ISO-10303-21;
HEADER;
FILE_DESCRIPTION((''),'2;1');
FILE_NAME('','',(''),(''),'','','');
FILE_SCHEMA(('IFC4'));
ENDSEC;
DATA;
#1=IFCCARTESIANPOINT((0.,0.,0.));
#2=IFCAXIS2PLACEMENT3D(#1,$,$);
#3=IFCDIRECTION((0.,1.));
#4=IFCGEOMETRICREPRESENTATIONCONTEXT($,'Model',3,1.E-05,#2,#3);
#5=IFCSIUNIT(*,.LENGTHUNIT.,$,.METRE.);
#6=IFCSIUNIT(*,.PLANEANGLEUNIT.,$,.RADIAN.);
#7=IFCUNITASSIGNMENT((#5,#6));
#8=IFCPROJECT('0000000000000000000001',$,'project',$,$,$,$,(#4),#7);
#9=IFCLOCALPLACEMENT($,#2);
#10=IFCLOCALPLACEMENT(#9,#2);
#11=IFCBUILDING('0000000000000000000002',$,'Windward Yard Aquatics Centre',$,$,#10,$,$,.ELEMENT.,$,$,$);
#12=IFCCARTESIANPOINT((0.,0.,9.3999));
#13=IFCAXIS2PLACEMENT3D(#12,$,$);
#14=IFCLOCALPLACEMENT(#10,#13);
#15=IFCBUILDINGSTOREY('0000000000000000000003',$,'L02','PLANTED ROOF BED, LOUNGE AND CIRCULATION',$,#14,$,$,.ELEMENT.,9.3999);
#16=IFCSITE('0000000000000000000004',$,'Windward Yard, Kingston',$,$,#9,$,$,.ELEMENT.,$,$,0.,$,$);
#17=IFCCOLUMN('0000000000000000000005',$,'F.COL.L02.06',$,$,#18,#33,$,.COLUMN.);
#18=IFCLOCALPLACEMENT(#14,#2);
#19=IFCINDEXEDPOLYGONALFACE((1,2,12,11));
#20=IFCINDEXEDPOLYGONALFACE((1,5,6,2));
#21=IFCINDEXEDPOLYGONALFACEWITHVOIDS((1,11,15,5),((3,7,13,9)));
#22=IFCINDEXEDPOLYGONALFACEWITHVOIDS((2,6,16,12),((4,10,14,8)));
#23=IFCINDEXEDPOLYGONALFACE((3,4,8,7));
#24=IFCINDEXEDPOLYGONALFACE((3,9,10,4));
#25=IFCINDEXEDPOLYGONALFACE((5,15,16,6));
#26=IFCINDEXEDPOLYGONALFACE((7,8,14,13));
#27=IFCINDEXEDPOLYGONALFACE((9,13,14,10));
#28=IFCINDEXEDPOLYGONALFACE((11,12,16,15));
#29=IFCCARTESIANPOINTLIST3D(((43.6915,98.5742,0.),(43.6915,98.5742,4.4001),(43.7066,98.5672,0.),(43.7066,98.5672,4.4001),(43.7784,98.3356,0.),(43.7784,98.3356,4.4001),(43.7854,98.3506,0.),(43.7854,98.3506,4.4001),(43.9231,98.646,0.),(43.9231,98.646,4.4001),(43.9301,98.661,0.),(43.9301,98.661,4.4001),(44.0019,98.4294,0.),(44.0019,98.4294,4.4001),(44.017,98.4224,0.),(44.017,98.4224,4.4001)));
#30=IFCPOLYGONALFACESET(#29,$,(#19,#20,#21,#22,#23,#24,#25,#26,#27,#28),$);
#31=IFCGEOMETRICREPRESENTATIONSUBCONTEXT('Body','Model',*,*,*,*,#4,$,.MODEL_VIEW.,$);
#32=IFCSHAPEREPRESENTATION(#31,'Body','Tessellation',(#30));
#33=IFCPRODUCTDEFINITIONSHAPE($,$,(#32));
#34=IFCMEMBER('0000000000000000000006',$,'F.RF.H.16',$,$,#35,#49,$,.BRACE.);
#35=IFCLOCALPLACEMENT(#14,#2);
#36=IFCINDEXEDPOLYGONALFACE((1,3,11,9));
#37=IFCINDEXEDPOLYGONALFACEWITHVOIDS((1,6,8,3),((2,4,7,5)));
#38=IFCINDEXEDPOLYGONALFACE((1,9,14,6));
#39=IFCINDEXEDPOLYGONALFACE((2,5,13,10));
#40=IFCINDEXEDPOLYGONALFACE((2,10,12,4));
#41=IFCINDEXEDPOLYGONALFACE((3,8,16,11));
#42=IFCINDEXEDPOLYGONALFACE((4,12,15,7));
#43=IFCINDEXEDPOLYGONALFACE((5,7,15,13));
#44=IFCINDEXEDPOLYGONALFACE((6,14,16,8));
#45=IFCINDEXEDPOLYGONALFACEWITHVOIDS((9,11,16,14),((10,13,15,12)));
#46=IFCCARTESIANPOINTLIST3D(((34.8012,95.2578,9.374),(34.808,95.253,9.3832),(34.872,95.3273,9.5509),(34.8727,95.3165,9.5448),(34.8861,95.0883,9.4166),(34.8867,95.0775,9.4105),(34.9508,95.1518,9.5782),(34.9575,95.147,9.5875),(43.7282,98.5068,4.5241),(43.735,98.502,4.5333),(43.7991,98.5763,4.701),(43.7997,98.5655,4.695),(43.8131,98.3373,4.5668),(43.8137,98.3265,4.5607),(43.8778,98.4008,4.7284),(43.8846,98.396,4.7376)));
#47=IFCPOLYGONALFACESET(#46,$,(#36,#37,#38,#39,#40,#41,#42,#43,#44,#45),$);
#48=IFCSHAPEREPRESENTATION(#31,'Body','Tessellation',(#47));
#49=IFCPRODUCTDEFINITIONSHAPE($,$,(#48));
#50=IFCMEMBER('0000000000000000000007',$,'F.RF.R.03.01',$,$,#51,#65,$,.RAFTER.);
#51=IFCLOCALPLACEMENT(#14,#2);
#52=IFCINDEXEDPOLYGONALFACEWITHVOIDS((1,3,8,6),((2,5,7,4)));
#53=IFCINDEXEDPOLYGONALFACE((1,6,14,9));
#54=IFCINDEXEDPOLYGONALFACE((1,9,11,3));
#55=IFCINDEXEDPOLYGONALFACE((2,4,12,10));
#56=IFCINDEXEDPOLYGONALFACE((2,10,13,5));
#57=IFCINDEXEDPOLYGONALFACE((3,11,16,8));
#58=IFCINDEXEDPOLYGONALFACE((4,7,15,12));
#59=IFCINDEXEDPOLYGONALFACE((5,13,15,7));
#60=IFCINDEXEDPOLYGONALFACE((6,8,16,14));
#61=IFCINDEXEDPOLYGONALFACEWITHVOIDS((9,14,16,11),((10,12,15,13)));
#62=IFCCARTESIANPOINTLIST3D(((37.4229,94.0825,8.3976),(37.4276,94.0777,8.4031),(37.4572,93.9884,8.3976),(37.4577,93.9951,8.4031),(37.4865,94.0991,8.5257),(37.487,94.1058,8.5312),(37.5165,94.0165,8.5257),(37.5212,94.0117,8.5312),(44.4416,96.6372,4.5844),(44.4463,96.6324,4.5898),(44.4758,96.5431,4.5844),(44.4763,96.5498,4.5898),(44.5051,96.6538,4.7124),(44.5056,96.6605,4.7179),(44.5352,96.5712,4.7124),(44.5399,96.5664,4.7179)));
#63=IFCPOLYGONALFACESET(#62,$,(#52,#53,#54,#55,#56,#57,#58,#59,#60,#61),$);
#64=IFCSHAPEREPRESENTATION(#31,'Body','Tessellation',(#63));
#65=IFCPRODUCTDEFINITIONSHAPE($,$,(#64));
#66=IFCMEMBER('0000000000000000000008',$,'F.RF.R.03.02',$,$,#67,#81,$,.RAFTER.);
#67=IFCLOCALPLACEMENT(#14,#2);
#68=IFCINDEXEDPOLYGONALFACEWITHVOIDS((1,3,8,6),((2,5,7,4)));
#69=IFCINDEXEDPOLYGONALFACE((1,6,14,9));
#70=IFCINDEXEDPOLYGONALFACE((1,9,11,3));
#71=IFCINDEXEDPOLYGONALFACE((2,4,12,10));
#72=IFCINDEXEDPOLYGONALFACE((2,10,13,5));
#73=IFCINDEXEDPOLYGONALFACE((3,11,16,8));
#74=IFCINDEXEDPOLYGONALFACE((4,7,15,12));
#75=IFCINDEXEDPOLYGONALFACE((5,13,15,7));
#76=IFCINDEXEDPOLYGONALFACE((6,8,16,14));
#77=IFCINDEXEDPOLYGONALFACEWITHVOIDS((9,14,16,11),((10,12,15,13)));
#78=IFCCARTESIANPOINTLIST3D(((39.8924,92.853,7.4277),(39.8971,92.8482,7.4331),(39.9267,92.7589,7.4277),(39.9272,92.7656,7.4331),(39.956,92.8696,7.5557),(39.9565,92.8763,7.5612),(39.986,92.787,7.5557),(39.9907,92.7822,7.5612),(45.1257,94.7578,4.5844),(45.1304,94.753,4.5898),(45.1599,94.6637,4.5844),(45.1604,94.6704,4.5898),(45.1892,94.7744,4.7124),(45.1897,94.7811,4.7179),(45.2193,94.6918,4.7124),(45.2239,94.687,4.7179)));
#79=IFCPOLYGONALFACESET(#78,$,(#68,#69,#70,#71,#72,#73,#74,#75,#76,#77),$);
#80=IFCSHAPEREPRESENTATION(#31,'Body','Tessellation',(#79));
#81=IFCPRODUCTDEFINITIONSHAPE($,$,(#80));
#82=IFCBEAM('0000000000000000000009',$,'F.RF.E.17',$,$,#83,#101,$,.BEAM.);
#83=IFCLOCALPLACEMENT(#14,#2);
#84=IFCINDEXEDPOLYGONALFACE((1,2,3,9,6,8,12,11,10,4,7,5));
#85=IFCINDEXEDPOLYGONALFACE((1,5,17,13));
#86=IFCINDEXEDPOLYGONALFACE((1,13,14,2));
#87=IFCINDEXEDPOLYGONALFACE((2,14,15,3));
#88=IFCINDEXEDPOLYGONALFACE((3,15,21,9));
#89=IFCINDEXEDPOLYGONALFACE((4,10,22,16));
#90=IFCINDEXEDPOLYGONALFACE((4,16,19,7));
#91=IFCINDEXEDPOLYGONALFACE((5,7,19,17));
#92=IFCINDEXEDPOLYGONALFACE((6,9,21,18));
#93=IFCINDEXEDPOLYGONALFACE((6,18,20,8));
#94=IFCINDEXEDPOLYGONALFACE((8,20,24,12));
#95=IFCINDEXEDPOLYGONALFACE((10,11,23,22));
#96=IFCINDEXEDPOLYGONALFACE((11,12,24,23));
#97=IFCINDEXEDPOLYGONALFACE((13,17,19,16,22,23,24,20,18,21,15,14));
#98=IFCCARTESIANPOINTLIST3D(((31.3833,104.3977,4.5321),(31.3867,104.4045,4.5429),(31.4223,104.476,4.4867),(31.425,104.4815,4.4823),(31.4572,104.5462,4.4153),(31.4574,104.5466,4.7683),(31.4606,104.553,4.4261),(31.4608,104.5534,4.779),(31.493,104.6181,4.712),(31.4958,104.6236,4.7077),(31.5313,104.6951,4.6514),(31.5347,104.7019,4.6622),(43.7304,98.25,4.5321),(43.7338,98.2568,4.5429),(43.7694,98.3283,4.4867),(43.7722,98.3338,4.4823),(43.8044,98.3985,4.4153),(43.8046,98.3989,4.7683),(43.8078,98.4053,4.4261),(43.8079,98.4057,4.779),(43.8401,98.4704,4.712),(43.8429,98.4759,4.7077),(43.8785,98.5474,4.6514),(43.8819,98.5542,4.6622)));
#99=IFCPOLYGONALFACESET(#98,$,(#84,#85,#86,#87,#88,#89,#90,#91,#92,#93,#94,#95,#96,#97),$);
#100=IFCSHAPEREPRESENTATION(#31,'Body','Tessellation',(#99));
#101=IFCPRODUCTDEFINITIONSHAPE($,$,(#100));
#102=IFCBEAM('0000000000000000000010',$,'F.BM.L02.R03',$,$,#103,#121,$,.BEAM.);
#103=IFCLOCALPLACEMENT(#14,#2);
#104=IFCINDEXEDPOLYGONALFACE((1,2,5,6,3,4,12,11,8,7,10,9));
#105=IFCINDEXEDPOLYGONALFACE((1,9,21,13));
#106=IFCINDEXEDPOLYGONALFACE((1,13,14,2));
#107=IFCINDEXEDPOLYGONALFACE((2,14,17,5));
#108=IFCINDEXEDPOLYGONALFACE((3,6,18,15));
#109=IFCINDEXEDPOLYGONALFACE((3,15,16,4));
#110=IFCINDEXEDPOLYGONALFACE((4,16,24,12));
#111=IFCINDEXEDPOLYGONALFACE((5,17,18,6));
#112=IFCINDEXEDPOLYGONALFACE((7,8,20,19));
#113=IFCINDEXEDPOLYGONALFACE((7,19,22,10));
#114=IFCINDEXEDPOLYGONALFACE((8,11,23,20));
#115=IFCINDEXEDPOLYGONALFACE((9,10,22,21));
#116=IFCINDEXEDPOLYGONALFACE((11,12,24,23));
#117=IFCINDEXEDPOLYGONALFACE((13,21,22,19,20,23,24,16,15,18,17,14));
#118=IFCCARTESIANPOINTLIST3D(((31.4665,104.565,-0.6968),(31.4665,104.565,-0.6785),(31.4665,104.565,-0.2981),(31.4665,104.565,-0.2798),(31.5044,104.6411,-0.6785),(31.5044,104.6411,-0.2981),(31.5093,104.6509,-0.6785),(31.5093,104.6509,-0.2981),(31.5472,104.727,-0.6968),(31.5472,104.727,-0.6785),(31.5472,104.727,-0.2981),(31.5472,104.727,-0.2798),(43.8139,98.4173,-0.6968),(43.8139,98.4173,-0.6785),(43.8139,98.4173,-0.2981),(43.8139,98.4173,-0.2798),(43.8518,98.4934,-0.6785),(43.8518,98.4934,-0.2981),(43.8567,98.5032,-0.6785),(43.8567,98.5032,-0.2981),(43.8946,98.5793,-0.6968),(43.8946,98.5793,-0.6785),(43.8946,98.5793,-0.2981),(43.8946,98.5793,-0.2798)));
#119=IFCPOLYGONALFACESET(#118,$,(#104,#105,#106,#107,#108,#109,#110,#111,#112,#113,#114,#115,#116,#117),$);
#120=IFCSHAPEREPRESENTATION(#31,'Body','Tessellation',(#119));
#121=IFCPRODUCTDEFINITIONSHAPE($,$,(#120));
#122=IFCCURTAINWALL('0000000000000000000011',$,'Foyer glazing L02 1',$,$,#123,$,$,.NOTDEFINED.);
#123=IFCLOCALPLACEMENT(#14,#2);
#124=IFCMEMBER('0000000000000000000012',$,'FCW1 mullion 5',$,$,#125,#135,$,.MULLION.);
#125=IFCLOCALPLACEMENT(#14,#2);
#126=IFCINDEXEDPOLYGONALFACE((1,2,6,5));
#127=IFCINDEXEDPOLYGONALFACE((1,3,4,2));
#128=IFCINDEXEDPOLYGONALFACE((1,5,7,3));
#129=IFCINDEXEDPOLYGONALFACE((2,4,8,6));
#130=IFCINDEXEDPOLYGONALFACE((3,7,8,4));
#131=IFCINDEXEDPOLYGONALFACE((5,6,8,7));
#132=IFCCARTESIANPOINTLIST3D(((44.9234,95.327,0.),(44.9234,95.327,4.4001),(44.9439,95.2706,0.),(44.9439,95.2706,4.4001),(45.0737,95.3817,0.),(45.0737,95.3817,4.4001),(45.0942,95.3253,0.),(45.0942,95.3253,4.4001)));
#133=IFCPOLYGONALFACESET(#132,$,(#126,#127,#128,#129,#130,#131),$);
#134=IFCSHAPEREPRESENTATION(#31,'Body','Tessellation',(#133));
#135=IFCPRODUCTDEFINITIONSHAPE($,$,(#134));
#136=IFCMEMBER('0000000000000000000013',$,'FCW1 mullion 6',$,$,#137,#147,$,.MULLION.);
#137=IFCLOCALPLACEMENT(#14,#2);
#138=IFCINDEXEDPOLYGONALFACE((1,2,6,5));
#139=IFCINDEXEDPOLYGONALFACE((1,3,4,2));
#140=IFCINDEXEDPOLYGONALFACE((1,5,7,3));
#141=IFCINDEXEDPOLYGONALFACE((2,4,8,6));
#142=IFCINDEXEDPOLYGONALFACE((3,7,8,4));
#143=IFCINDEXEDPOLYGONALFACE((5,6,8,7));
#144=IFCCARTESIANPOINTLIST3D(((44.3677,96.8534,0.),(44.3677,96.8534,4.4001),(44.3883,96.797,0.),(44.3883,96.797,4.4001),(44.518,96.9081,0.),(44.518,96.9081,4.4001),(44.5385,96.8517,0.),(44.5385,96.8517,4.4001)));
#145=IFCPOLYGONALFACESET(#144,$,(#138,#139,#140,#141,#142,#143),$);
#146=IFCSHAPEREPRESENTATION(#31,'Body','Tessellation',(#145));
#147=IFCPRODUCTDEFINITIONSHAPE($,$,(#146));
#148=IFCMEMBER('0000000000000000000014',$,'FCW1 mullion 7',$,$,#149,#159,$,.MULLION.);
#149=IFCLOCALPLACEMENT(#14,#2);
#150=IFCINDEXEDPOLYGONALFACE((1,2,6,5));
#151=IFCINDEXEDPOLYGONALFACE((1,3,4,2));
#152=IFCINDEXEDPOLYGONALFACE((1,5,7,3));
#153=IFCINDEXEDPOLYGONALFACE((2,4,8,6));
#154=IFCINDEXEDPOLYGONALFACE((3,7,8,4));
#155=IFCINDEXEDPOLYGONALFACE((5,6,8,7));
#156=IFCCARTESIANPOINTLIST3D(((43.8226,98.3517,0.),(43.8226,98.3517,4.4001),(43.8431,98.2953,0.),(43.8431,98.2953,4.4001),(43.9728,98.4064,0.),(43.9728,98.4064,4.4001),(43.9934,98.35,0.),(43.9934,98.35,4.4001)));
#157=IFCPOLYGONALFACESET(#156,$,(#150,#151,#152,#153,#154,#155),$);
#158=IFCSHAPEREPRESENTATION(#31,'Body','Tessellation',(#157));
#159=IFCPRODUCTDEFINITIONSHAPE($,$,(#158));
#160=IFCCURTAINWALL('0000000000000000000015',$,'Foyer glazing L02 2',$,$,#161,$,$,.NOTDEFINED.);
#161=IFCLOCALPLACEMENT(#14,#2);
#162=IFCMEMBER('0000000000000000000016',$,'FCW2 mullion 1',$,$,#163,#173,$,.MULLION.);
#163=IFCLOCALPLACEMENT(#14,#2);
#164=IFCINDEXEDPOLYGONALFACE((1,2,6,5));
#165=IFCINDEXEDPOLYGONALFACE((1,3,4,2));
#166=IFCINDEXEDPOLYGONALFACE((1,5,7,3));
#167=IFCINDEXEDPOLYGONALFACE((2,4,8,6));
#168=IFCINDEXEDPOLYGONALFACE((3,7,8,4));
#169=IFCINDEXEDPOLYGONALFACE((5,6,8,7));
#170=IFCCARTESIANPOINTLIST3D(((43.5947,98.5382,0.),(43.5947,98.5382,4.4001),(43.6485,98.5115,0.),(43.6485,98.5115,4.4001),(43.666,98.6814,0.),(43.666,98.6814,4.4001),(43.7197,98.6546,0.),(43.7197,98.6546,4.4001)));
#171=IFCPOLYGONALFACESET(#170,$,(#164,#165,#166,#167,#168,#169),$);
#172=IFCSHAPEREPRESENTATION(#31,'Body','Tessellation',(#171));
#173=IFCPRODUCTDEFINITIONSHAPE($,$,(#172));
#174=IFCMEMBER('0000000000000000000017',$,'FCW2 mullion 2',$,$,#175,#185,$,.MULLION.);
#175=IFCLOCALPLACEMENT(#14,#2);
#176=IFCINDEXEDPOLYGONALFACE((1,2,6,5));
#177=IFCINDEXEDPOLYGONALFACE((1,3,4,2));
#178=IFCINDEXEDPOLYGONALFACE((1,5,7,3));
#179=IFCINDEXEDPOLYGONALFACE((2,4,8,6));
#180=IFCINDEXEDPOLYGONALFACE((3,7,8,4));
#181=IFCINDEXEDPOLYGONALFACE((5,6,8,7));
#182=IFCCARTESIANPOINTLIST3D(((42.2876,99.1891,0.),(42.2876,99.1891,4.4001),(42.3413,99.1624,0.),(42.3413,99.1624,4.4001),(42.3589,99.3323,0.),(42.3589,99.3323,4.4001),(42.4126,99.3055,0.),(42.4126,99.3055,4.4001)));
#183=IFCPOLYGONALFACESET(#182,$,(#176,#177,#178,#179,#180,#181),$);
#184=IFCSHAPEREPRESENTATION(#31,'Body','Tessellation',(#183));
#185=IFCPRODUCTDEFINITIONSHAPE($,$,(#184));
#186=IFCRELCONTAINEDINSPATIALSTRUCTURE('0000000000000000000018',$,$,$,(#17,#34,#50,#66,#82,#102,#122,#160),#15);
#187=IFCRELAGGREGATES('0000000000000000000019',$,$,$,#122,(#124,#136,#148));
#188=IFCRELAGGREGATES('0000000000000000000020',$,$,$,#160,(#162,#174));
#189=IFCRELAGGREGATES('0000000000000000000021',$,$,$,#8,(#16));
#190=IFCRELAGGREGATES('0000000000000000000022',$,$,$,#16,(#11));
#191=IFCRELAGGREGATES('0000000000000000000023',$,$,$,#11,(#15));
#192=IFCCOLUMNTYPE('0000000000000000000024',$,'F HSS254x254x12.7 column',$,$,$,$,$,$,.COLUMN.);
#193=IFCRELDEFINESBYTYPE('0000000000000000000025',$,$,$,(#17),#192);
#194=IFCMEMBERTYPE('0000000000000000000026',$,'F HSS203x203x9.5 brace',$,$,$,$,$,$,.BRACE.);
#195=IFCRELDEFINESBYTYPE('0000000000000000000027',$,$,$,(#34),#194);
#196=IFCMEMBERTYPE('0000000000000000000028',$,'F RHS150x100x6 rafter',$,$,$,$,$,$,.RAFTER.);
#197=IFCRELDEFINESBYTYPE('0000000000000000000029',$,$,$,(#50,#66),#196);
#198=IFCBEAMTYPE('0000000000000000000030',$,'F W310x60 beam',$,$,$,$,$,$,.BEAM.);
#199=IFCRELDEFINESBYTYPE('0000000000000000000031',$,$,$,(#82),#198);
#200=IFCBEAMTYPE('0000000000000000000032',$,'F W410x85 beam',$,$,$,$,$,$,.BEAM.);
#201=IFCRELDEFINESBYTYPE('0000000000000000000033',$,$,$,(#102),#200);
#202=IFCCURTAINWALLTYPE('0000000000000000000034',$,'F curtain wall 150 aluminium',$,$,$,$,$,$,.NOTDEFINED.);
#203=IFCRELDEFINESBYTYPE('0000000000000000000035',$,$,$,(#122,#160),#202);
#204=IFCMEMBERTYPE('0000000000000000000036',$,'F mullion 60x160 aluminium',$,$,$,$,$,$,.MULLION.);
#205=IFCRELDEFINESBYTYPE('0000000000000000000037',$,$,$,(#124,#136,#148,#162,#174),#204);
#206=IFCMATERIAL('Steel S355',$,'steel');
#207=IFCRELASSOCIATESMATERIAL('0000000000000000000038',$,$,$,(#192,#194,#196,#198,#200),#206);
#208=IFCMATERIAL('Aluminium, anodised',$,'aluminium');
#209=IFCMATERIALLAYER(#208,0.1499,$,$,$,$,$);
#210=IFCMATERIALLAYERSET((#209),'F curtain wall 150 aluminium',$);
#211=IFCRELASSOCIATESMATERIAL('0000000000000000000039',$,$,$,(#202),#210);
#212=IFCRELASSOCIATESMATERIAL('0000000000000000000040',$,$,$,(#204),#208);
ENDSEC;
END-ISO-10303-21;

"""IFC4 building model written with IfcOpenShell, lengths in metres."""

from ifc_helpers import new_model, si_unit, direction, frame, origin, origin_2d, place, context, subcontext, project, spatial, rectangle, hollow_rectangle, i_section, extrude, material, layer, layer_set, material_profile, profile_set, type_object, element, aggregate, save


model = new_model("IFC4")

# Units and contexts
model_context = context("Model", 3, precision=1e-05, world=origin(), true_north=direction((0.0, 1.0)))
body_context = subcontext(model_context, "Body", "Model", "MODEL_VIEW")
ifc_project = project(units=[si_unit("LENGTHUNIT", "METRE"), si_unit("PLANEANGLEUNIT", "RADIAN")], contexts=[model_context])

# Site, building, storey
site_placement = place(None, origin())
site = spatial("IfcSite", under=ifc_project, at=site_placement, Name="Windward Yard, Kingston", CompositionType="ELEMENT", RefElevation=0.0)
building_placement = place(site_placement, origin())
building = spatial("IfcBuilding", under=site, at=building_placement, Name="Windward Yard Aquatics Centre", CompositionType="ELEMENT")
storey_placement = place(building_placement, frame((0.0, 0.0, 9.3999)))
storey = spatial("IfcBuildingStorey", under=building, at=storey_placement, Name="L02", Description="PLANTED ROOF BED, LOUNGE AND CIRCULATION", CompositionType="ELEMENT", Elevation=9.3999)

# Column
ifc_material_1 = material(Name="Steel S355", Category="steel")
ifc_material_profile_1 = material_profile(ifc_material_1, hollow_rectangle(XDim=0.2539, YDim=0.2539, WallThickness=0.0117, at=origin_2d()), Name="HSS254x254x12.7")
ifc_profile_set_1 = profile_set([ifc_material_profile_1], Name="Steel S355")
column_type = type_object("IfcColumnType", Name="F HSS254x254x12.7 column", PredefinedType="COLUMN", material=ifc_profile_set_1)
column_placement = place(storey_placement, frame((43.8542, 98.4983, 0.0), z_axis=(0.0, 0.0, 1.0), x_axis=(0.939693, 0.34202, 0.0)))
element("IfcColumn", 1, at=column_placement, inside=storey, type_object=column_type, Name="F.COL.L02.06", PredefinedType="COLUMN", context=body_context, shape_type="SweptSolid", body=[
    extrude(hollow_rectangle(XDim=0.2539, YDim=0.2539, WallThickness=0.0117, at=origin_2d()), origin(), (0.0, 0.0, 1.0), 4.4001),
])

# Members
ifc_material_profile_2 = material_profile(ifc_material_1, hollow_rectangle(XDim=0.2029, YDim=0.2029, WallThickness=0.0088, at=origin_2d()), Name="HSS203x203x9.5")
ifc_profile_set_2 = profile_set([ifc_material_profile_2], Name="Steel S355")
member_type_1 = type_object("IfcMemberType", Name="F HSS203x203x9.5 brace", PredefinedType="BRACE", material=ifc_profile_set_2)
member_1_placement = place(storey_placement, frame((43.8064, 98.4514, 4.6309), z_axis=(-0.83694, -0.304608, 0.454692), x_axis=(0.421433, -0.88875, 0.180328)))
element("IfcMember", 2, at=member_1_placement, inside=storey, type_object=member_type_1, Name="F.RF.H.16", PredefinedType="BRACE", context=body_context, shape_type="SweptSolid", body=[
    extrude(hollow_rectangle(XDim=0.2029, YDim=0.2029, WallThickness=0.0088, at=origin_2d()), origin(), (0.0, 0.0, 1.0), 10.6663),
])
ifc_material_profile_3 = material_profile(ifc_material_1, hollow_rectangle(XDim=0.1001, YDim=0.1499, WallThickness=0.0061, at=origin_2d()), Name="RHS150x100x6")
ifc_profile_set_3 = profile_set([ifc_material_profile_3], Name="Steel S355")
member_type_2 = type_object("IfcMemberType", Name="F RHS150x100x6 rafter", PredefinedType="RAFTER", material=ifc_profile_set_3)
member_2_placement = place(storey_placement, frame((44.4907, 96.6018, 4.6511), z_axis=(-0.836924, -0.304632, 0.454707), x_axis=(0.342037, -0.939686, 0.0)))
element("IfcMember", 3, at=member_2_placement, inside=storey, type_object=member_type_2, Name="F.RF.R.03.01", PredefinedType="RAFTER", context=body_context, shape_type="SweptSolid", body=[
    extrude(hollow_rectangle(XDim=0.1001, YDim=0.1499, WallThickness=0.0061, at=origin_2d()), origin(), (0.0, 0.0, 1.0), 8.3862),
])
member_3_placement = place(storey_placement, frame((45.1748, 94.7224, 4.6511), z_axis=(-0.836922, -0.304626, 0.454714), x_axis=(0.342032, -0.939688, 0.0)))
element("IfcMember", 4, at=member_3_placement, inside=storey, type_object=member_type_2, Name="F.RF.R.03.02", PredefinedType="RAFTER", context=body_context, shape_type="SweptSolid", body=[
    extrude(hollow_rectangle(XDim=0.1001, YDim=0.1499, WallThickness=0.0061, at=origin_2d()), origin(), (0.0, 0.0, 1.0), 6.2529),
])

# Beams
ifc_material_profile_4 = material_profile(ifc_material_1, i_section(OverallWidth=0.2029, OverallDepth=0.302, WebThickness=0.0076, FlangeThickness=0.0132, at=origin_2d()), Name="W310x60")
ifc_profile_set_4 = profile_set([ifc_material_profile_4], Name="Steel S355")
beam_type_1 = type_object("IfcBeamType", Name="F W310x60 beam", PredefinedType="BEAM", material=ifc_profile_set_4)
beam_1_placement = place(storey_placement, frame((43.8062, 98.4021, 4.5972), z_axis=(-0.895176, 0.445712, 0.0), x_axis=(-0.364425, -0.731919, 0.57575)))
element("IfcBeam", 5, at=beam_1_placement, inside=storey, type_object=beam_type_1, Name="F.RF.E.17", PredefinedType="BEAM", context=body_context, shape_type="SweptSolid", body=[
    extrude(i_section(OverallWidth=0.2029, OverallDepth=0.302, WebThickness=0.0076, FlangeThickness=0.0132, at=origin_2d()), origin(), (0.0, 0.0, 1.0), 13.793),
])
ifc_material_profile_5 = material_profile(ifc_material_1, i_section(OverallWidth=0.1809, OverallDepth=0.417, WebThickness=0.011, FlangeThickness=0.0183, at=origin_2d()), Name="W410x85")
ifc_profile_set_5 = profile_set([ifc_material_profile_5], Name="Steel S355")
beam_type_2 = type_object("IfcBeamType", Name="F W410x85 beam", PredefinedType="BEAM", material=ifc_profile_set_5)
beam_2_placement = place(storey_placement, frame((43.8542, 98.4983, -0.4883), z_axis=(-0.89518, 0.445705, 0.0), x_axis=(-0.445705, -0.89518, 0.0)))
element("IfcBeam", 6, at=beam_2_placement, inside=storey, type_object=beam_type_2, Name="F.BM.L02.R03", PredefinedType="BEAM", context=body_context, shape_type="SweptSolid", body=[
    extrude(i_section(OverallWidth=0.1809, OverallDepth=0.417, WebThickness=0.011, FlangeThickness=0.0183, at=origin_2d()), origin(), (0.0, 0.0, 1.0), 13.7932),
])

# Curtain walls, members
ifc_material_2 = material(Name="Aluminium, anodised", Category="aluminium")
ifc_layer_1 = layer(ifc_material_2, 0.1499)
ifc_layer_set_1 = layer_set([ifc_layer_1], Name="F curtain wall 150 aluminium")
curtain_wall_type = type_object("IfcCurtainWallType", Name="F curtain wall 150 aluminium", PredefinedType="NOTDEFINED", material=ifc_layer_set_1)
curtain_wall_1_placement = place(storey_placement, origin())
curtain_wall_1 = element("IfcCurtainWall", 7, at=curtain_wall_1_placement, inside=storey, type_object=curtain_wall_type, Name="Foyer glazing L02 1", PredefinedType="NOTDEFINED")
ifc_material_profile_6 = material_profile(ifc_material_2, rectangle(XDim=0.1599, YDim=0.0601, at=origin_2d()), Name="MULLION 60x160")
ifc_profile_set_6 = profile_set([ifc_material_profile_6], Name="Aluminium, anodised")
member_type_3 = type_object("IfcMemberType", Name="F mullion 60x160 aluminium", PredefinedType="MULLION", material=ifc_profile_set_6)
member_4_placement = place(storey_placement, frame((45.0088, 95.3262, 0.0), z_axis=(0.0, 0.0, 1.0), x_axis=(-0.939693, -0.342019, 0.0)))
member_4 = element("IfcMember", 8, at=member_4_placement, type_object=member_type_3, Name="FCW1 mullion 5", PredefinedType="MULLION", context=body_context, shape_type="SweptSolid", body=[
    extrude(rectangle(XDim=0.1599, YDim=0.0601, at=origin_2d()), origin(), (0.0, 0.0, 1.0), 4.4001),
])
member_5_placement = place(storey_placement, frame((44.4531, 96.8525, 0.0), z_axis=(0.0, 0.0, 1.0), x_axis=(-0.939693, -0.342019, 0.0)))
member_5 = element("IfcMember", 9, at=member_5_placement, type_object=member_type_3, Name="FCW1 mullion 6", PredefinedType="MULLION", context=body_context, shape_type="SweptSolid", body=[
    extrude(rectangle(XDim=0.1599, YDim=0.0601, at=origin_2d()), origin(), (0.0, 0.0, 1.0), 4.4001),
])
member_6_placement = place(storey_placement, frame((43.908, 98.3508, 0.0), z_axis=(0.0, 0.0, 1.0), x_axis=(-0.939693, -0.342019, 0.0)))
member_6 = element("IfcMember", 10, at=member_6_placement, type_object=member_type_3, Name="FCW1 mullion 7", PredefinedType="MULLION", context=body_context, shape_type="SweptSolid", body=[
    extrude(rectangle(XDim=0.1599, YDim=0.0601, at=origin_2d()), origin(), (0.0, 0.0, 1.0), 4.4001),
])
curtain_wall_2_placement = place(storey_placement, origin())
curtain_wall_2 = element("IfcCurtainWall", 11, at=curtain_wall_2_placement, inside=storey, type_object=curtain_wall_type, Name="Foyer glazing L02 2", PredefinedType="NOTDEFINED")
member_7_placement = place(storey_placement, frame((43.6572, 98.5964, 0.0), z_axis=(0.0, 0.0, 1.0), x_axis=(-0.445707, -0.895179, 0.0)))
member_7 = element("IfcMember", 12, at=member_7_placement, type_object=member_type_3, Name="FCW2 mullion 1", PredefinedType="MULLION", context=body_context, shape_type="SweptSolid", body=[
    extrude(rectangle(XDim=0.1599, YDim=0.0601, at=origin_2d()), origin(), (0.0, 0.0, 1.0), 4.4001),
])
member_8_placement = place(storey_placement, frame((42.3501, 99.2473, 0.0), z_axis=(0.0, 0.0, 1.0), x_axis=(-0.445707, -0.895179, 0.0)))
member_8 = element("IfcMember", 13, at=member_8_placement, type_object=member_type_3, Name="FCW2 mullion 2", PredefinedType="MULLION", context=body_context, shape_type="SweptSolid", body=[
    extrude(rectangle(XDim=0.1599, YDim=0.0601, at=origin_2d()), origin(), (0.0, 0.0, 1.0), 4.4001),
])

aggregate(curtain_wall_1, [member_4, member_5, member_6])
aggregate(curtain_wall_2, [member_7, member_8])

save(model, "model.ifc")
